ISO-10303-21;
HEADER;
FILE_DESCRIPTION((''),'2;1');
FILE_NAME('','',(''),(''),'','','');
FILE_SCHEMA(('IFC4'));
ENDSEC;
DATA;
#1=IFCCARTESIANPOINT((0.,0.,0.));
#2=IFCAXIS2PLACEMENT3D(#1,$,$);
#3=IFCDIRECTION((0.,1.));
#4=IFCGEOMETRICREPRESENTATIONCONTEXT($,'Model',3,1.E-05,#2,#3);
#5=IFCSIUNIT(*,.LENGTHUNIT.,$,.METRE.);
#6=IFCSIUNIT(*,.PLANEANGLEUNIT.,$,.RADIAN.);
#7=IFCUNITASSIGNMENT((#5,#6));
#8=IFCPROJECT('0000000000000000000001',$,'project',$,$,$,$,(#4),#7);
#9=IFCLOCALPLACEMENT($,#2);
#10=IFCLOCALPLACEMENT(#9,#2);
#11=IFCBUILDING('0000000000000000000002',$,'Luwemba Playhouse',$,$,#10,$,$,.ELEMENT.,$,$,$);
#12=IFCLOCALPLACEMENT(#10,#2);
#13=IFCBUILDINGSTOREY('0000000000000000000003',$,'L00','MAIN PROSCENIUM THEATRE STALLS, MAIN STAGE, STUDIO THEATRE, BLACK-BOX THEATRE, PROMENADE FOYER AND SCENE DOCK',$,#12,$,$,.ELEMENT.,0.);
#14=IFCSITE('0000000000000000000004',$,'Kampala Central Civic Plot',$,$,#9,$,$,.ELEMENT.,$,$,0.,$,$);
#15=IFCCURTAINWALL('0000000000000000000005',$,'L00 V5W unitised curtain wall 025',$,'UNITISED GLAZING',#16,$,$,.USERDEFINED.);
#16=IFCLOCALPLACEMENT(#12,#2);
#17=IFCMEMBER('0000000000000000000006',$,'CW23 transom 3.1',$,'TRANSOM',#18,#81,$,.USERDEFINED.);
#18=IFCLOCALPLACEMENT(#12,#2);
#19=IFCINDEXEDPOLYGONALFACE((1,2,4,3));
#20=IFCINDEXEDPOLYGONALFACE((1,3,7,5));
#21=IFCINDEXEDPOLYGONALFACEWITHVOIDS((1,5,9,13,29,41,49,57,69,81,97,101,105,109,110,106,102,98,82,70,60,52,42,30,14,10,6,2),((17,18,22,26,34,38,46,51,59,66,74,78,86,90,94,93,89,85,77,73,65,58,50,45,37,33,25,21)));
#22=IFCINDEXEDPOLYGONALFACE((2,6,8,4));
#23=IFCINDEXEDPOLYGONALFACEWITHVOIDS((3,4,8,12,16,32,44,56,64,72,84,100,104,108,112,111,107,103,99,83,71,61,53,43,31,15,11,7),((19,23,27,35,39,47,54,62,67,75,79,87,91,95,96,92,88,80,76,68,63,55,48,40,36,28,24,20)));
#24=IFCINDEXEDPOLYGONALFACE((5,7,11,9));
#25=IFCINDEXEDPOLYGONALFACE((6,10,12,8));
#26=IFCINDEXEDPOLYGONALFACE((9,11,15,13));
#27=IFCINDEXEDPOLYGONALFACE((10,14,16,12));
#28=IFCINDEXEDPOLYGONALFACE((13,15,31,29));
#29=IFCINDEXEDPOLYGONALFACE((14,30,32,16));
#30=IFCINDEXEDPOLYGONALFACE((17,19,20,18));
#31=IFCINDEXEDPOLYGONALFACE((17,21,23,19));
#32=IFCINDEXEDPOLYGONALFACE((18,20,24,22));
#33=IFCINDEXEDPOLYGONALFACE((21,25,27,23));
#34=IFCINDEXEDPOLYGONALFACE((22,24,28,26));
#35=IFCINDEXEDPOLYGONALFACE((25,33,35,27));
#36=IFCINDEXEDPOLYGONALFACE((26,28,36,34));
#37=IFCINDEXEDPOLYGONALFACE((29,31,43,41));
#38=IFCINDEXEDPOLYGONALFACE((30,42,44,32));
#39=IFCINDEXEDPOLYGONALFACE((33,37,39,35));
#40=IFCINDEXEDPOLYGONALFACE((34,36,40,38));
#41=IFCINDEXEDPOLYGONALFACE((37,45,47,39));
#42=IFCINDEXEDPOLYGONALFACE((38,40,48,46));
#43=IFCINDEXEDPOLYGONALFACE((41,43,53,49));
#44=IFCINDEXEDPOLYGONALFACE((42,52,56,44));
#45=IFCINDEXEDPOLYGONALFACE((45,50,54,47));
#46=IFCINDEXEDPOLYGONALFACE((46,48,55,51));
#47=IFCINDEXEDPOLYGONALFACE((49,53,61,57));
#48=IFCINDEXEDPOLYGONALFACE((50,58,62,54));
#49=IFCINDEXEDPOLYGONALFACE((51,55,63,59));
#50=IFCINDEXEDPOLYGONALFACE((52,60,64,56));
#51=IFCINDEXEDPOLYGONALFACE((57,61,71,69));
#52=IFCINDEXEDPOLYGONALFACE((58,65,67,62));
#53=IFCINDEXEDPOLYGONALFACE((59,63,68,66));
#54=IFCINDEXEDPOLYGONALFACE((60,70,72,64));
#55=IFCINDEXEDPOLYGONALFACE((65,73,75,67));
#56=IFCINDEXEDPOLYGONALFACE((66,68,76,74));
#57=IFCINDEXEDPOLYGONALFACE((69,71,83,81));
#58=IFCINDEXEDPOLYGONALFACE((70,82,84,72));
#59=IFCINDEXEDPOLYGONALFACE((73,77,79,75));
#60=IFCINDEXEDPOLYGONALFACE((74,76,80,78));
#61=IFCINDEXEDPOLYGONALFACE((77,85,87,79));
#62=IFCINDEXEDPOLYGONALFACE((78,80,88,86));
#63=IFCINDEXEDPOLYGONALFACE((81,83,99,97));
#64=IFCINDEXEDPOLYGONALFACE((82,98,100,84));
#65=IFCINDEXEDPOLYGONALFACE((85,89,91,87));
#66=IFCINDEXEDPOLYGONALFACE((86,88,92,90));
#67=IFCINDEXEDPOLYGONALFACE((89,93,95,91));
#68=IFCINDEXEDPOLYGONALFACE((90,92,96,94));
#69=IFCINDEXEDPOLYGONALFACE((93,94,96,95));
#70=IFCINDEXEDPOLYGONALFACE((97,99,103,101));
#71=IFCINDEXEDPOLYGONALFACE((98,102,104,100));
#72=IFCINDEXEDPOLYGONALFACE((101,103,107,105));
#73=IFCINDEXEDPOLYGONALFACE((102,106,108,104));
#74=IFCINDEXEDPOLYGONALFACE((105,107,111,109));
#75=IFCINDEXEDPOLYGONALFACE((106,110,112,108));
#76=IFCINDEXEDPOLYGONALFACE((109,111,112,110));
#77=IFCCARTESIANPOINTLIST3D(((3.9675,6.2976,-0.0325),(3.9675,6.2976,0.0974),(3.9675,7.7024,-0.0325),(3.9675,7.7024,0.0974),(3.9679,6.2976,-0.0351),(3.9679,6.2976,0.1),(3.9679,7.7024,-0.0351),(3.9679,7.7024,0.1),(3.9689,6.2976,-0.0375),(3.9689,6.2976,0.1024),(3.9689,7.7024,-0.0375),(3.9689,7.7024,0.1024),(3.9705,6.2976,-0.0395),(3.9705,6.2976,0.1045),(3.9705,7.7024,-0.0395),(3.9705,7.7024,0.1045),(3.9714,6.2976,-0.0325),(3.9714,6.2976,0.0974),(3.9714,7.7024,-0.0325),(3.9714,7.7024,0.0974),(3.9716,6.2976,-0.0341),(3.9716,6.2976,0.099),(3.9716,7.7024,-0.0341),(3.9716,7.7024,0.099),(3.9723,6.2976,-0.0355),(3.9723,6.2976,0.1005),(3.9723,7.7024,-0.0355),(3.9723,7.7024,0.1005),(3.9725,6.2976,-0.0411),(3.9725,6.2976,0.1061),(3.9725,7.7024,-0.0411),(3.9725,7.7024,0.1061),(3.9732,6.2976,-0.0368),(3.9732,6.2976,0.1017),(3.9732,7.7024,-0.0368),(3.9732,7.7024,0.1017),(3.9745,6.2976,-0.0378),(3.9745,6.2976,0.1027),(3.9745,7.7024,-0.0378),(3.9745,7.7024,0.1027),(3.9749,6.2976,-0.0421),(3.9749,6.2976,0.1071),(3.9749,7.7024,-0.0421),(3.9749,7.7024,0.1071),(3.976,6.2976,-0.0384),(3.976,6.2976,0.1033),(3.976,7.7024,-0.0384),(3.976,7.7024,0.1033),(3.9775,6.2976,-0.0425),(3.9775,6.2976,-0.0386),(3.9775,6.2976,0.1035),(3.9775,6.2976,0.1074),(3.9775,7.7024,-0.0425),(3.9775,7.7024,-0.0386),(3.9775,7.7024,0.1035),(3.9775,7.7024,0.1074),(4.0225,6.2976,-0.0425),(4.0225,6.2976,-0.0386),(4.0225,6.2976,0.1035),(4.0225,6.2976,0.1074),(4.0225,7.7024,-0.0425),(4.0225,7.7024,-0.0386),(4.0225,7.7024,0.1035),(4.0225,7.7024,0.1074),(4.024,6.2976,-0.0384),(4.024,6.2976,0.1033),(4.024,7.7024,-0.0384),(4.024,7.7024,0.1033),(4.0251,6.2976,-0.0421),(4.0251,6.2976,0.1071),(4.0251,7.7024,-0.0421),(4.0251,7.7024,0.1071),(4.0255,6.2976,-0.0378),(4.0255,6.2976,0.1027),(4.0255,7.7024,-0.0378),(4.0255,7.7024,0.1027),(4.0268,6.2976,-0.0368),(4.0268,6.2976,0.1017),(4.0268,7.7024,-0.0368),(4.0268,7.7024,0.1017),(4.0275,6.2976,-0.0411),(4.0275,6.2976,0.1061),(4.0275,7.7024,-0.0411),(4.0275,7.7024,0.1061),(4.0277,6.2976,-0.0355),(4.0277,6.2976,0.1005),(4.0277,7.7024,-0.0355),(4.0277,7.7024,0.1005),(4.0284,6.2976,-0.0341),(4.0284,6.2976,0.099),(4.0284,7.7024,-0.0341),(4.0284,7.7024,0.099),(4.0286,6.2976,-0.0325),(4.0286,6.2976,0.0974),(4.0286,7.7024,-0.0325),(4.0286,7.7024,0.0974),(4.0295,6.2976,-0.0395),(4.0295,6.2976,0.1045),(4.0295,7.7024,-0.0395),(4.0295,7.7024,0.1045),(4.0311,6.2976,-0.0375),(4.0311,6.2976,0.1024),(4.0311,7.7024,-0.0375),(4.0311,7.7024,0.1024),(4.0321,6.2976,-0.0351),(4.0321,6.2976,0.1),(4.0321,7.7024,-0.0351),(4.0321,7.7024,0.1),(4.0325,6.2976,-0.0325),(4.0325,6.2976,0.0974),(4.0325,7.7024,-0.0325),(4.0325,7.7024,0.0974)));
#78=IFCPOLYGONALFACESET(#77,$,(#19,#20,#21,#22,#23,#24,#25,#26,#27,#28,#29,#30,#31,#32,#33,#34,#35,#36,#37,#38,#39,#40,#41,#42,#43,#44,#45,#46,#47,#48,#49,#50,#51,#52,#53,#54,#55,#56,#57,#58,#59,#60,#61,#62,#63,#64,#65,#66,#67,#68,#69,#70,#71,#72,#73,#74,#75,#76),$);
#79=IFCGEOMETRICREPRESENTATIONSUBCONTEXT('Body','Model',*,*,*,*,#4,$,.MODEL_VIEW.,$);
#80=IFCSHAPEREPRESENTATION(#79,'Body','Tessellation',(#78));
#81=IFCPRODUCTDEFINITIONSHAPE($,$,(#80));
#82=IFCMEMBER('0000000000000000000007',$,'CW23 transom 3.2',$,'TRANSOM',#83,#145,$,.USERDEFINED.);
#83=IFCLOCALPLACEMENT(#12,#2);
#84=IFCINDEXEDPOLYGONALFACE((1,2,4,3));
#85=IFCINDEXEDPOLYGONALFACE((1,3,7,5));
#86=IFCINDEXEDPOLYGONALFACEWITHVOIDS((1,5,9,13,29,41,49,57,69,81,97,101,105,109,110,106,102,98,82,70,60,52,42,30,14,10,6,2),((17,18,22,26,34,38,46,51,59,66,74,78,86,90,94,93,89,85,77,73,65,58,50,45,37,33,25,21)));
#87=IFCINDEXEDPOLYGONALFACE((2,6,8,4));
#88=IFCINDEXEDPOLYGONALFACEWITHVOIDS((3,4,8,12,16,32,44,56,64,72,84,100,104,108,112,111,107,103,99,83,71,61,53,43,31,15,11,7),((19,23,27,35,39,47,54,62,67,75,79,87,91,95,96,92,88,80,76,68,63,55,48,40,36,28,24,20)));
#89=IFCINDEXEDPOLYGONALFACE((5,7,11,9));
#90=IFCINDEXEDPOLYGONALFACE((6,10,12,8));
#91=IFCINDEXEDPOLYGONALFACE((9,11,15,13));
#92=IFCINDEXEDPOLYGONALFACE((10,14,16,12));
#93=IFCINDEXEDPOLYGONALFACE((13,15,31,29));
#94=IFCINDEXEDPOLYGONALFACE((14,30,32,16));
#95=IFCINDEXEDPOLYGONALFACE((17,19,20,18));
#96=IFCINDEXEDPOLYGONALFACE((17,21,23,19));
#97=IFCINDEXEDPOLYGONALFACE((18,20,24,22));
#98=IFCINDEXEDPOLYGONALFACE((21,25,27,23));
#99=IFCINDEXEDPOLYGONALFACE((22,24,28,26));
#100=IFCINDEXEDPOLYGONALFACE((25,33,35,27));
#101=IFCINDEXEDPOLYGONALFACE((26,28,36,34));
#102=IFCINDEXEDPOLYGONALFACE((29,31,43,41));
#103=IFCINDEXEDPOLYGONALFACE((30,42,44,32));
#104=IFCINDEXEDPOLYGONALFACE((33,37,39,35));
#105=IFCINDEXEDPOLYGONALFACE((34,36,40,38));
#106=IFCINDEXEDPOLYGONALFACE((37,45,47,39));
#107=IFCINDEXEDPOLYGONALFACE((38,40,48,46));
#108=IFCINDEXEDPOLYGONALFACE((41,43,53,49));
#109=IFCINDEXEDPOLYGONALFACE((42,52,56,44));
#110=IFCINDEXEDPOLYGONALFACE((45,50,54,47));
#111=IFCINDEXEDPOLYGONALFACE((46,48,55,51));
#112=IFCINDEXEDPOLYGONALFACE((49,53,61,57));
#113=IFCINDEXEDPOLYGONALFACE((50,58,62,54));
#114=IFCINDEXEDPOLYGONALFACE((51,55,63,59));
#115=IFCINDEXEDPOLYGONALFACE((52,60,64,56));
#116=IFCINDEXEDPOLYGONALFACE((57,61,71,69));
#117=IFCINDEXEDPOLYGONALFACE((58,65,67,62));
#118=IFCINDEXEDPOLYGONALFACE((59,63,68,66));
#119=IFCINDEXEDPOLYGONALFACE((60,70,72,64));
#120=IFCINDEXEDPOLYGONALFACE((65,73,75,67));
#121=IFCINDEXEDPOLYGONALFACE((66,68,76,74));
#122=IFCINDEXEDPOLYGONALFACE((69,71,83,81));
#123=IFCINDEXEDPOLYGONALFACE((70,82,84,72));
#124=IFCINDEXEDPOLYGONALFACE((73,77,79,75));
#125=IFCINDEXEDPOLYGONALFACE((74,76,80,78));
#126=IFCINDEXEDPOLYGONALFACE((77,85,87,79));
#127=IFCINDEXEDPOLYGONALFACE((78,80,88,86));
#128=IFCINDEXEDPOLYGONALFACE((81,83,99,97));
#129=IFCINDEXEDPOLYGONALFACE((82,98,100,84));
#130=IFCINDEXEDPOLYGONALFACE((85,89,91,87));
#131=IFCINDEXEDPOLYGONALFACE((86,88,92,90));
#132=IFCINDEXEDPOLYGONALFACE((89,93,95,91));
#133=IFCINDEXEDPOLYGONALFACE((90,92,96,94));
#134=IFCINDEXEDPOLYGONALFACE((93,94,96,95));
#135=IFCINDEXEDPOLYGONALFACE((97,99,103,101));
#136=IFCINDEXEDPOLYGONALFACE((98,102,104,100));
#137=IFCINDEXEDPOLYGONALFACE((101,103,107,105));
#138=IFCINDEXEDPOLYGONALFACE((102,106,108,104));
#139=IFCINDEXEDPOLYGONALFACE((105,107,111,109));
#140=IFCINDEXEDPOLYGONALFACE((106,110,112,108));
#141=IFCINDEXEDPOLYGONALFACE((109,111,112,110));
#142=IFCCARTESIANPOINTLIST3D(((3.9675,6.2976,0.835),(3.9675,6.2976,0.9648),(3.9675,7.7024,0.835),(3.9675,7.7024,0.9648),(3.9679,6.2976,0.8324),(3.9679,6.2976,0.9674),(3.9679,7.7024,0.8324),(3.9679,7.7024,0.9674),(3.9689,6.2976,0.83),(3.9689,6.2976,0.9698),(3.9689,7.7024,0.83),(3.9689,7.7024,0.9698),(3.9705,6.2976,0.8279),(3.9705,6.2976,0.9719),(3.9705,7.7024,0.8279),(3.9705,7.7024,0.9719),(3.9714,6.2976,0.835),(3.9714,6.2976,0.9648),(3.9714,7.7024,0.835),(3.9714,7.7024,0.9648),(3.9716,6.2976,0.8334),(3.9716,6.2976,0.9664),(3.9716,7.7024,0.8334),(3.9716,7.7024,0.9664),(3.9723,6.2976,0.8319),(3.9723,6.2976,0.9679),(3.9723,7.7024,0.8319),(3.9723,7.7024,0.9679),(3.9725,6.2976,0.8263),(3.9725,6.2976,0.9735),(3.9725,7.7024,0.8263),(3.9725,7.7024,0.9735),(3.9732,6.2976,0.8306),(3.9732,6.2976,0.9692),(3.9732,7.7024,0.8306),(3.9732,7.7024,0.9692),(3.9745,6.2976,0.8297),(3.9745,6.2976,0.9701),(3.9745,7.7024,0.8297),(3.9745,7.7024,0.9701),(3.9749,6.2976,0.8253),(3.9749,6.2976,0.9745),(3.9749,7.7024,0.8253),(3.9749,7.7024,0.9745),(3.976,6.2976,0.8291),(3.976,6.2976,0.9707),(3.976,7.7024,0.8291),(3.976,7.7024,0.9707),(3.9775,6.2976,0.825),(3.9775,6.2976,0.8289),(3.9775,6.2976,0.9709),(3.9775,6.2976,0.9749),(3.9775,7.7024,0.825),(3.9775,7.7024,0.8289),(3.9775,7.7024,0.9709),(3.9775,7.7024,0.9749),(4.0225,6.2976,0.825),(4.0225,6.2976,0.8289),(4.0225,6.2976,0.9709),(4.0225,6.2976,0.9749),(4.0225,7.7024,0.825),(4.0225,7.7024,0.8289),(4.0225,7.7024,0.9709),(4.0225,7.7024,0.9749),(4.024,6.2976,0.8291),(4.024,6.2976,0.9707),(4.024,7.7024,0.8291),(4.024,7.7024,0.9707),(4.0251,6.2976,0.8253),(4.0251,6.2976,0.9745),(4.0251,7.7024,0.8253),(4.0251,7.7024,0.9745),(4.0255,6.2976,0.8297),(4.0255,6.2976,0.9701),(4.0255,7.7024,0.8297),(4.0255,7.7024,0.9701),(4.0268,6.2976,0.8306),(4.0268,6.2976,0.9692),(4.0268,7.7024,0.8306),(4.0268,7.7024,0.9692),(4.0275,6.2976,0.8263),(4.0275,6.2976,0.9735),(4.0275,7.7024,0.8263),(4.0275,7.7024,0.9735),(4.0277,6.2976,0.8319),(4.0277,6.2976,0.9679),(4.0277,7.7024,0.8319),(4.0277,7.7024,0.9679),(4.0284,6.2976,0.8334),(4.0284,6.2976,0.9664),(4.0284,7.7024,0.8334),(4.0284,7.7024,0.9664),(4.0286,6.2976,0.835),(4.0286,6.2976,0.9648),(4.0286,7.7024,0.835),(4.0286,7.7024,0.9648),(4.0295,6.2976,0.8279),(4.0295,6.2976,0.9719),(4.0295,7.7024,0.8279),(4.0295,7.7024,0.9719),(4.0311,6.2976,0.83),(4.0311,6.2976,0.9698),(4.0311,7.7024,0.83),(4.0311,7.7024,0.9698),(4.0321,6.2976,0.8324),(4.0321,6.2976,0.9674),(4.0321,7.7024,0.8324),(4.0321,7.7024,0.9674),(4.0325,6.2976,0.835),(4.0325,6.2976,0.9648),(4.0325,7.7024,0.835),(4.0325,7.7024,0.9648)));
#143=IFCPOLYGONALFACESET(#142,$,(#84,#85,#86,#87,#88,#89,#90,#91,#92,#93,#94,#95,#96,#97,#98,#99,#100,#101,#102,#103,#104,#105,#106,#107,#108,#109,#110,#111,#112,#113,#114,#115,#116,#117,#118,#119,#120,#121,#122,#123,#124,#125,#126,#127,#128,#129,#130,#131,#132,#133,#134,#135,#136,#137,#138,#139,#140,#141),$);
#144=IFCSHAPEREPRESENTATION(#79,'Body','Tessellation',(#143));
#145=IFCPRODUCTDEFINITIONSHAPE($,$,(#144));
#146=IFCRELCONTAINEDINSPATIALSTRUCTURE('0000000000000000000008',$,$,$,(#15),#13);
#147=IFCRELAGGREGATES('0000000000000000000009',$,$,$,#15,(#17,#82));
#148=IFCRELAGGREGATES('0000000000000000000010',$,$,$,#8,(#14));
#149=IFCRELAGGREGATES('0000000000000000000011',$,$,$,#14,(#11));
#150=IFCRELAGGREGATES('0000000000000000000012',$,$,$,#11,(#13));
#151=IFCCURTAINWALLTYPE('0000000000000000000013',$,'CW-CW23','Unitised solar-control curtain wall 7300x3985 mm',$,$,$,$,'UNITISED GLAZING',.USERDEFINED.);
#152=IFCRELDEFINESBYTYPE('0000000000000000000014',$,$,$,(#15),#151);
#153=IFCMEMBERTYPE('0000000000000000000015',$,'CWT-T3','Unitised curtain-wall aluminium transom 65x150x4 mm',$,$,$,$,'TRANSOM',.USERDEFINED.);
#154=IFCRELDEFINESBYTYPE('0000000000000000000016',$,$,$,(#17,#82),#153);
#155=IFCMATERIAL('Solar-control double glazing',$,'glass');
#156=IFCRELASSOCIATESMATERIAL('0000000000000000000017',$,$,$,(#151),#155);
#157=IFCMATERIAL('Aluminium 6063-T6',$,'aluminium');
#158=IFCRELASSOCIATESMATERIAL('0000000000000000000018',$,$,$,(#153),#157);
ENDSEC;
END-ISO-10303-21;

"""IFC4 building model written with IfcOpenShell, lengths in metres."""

from ifc_helpers import new_model, si_unit, direction, frame, origin, origin_2d, place, context, subcontext, project, spatial, hollow_rectangle, extrude, material, material_profile, profile_set, type_object, element, aggregate, save


model = new_model("IFC4")

# Units and contexts
model_context = context("Model", 3, precision=1e-05, world=origin(), true_north=direction((0.0, 1.0)))
body_context = subcontext(model_context, "Body", "Model", "MODEL_VIEW")
ifc_project = project(units=[si_unit("LENGTHUNIT", "METRE"), si_unit("PLANEANGLEUNIT", "RADIAN")], contexts=[model_context])

# Site, building, storey
site_placement = place(None, origin())
site = spatial("IfcSite", under=ifc_project, at=site_placement, Name="Kampala Central Civic Plot", CompositionType="ELEMENT", RefElevation=0.0)
building_placement = place(site_placement, origin())
building = spatial("IfcBuilding", under=site, at=building_placement, Name="Luwemba Playhouse", CompositionType="ELEMENT")
storey_placement = place(building_placement, origin())
storey = spatial("IfcBuildingStorey", under=building, at=storey_placement, Name="L00", Description="MAIN PROSCENIUM THEATRE STALLS, MAIN STAGE, STUDIO THEATRE, BLACK-BOX THEATRE, PROMENADE FOYER AND SCENE DOCK", CompositionType="ELEMENT", Elevation=0.0)

# Curtain wall, members
ifc_material_1 = material(Name="Solar-control double glazing", Category="glass")
curtain_wall_type = type_object("IfcCurtainWallType", Name="CW-CW23", Description="Unitised solar-control curtain wall 7300x3985 mm", ElementType="UNITISED GLAZING", PredefinedType="USERDEFINED", material=ifc_material_1)
curtain_wall_placement = place(storey_placement, origin())
curtain_wall = element("IfcCurtainWall", 1, at=curtain_wall_placement, inside=storey, type_object=curtain_wall_type, Name="L00 V5W unitised curtain wall 025", ObjectType="UNITISED GLAZING", PredefinedType="USERDEFINED")
ifc_material_2 = material(Name="Aluminium 6063-T6", Category="aluminium")
ifc_material_profile_1 = material_profile(ifc_material_2, hollow_rectangle(XDim=0.0649, YDim=0.1499, WallThickness=0.0039, InnerFilletRadius=0.0061, OuterFilletRadius=0.01, at=origin_2d()))
ifc_profile_set_1 = profile_set([ifc_material_profile_1], Name="Aluminium 6063-T6")
member_type_1 = type_object("IfcMemberType", Name="CWT-T3", Description="Unitised curtain-wall aluminium transom 65x150x4 mm", ElementType="TRANSOM", PredefinedType="USERDEFINED", material=ifc_profile_set_1)
member_1_placement = place(storey_placement, frame((4.0, 6.2976, 0.0325), z_axis=(0.0, 1.0, 0.0), x_axis=(-1.0, 0.0, 0.0)))
member_1 = element("IfcMember", 2, at=member_1_placement, type_object=member_type_1, Name="CW23 transom 3.1", ObjectType="TRANSOM", PredefinedType="USERDEFINED", context=body_context, shape_type="SweptSolid", body=[
    extrude(hollow_rectangle(XDim=0.0649, YDim=0.1499, WallThickness=0.0039, InnerFilletRadius=0.0061, OuterFilletRadius=0.01, at=origin_2d()), origin(), (0.0, 0.0, 1.0), 1.4048),
])
member_2_placement = place(storey_placement, frame((4.0, 6.2976, 0.8999), z_axis=(0.0, 1.0, 0.0), x_axis=(-1.0, 0.0, 0.0)))
member_2 = element("IfcMember", 3, at=member_2_placement, type_object=member_type_1, Name="CW23 transom 3.2", ObjectType="TRANSOM", PredefinedType="USERDEFINED", context=body_context, shape_type="SweptSolid", body=[
    extrude(hollow_rectangle(XDim=0.0649, YDim=0.1499, WallThickness=0.0039, InnerFilletRadius=0.0061, OuterFilletRadius=0.01, at=origin_2d()), origin(), (0.0, 0.0, 1.0), 1.4048),
])
aggregate(curtain_wall, [member_1, member_2])

save(model, "model.ifc")
